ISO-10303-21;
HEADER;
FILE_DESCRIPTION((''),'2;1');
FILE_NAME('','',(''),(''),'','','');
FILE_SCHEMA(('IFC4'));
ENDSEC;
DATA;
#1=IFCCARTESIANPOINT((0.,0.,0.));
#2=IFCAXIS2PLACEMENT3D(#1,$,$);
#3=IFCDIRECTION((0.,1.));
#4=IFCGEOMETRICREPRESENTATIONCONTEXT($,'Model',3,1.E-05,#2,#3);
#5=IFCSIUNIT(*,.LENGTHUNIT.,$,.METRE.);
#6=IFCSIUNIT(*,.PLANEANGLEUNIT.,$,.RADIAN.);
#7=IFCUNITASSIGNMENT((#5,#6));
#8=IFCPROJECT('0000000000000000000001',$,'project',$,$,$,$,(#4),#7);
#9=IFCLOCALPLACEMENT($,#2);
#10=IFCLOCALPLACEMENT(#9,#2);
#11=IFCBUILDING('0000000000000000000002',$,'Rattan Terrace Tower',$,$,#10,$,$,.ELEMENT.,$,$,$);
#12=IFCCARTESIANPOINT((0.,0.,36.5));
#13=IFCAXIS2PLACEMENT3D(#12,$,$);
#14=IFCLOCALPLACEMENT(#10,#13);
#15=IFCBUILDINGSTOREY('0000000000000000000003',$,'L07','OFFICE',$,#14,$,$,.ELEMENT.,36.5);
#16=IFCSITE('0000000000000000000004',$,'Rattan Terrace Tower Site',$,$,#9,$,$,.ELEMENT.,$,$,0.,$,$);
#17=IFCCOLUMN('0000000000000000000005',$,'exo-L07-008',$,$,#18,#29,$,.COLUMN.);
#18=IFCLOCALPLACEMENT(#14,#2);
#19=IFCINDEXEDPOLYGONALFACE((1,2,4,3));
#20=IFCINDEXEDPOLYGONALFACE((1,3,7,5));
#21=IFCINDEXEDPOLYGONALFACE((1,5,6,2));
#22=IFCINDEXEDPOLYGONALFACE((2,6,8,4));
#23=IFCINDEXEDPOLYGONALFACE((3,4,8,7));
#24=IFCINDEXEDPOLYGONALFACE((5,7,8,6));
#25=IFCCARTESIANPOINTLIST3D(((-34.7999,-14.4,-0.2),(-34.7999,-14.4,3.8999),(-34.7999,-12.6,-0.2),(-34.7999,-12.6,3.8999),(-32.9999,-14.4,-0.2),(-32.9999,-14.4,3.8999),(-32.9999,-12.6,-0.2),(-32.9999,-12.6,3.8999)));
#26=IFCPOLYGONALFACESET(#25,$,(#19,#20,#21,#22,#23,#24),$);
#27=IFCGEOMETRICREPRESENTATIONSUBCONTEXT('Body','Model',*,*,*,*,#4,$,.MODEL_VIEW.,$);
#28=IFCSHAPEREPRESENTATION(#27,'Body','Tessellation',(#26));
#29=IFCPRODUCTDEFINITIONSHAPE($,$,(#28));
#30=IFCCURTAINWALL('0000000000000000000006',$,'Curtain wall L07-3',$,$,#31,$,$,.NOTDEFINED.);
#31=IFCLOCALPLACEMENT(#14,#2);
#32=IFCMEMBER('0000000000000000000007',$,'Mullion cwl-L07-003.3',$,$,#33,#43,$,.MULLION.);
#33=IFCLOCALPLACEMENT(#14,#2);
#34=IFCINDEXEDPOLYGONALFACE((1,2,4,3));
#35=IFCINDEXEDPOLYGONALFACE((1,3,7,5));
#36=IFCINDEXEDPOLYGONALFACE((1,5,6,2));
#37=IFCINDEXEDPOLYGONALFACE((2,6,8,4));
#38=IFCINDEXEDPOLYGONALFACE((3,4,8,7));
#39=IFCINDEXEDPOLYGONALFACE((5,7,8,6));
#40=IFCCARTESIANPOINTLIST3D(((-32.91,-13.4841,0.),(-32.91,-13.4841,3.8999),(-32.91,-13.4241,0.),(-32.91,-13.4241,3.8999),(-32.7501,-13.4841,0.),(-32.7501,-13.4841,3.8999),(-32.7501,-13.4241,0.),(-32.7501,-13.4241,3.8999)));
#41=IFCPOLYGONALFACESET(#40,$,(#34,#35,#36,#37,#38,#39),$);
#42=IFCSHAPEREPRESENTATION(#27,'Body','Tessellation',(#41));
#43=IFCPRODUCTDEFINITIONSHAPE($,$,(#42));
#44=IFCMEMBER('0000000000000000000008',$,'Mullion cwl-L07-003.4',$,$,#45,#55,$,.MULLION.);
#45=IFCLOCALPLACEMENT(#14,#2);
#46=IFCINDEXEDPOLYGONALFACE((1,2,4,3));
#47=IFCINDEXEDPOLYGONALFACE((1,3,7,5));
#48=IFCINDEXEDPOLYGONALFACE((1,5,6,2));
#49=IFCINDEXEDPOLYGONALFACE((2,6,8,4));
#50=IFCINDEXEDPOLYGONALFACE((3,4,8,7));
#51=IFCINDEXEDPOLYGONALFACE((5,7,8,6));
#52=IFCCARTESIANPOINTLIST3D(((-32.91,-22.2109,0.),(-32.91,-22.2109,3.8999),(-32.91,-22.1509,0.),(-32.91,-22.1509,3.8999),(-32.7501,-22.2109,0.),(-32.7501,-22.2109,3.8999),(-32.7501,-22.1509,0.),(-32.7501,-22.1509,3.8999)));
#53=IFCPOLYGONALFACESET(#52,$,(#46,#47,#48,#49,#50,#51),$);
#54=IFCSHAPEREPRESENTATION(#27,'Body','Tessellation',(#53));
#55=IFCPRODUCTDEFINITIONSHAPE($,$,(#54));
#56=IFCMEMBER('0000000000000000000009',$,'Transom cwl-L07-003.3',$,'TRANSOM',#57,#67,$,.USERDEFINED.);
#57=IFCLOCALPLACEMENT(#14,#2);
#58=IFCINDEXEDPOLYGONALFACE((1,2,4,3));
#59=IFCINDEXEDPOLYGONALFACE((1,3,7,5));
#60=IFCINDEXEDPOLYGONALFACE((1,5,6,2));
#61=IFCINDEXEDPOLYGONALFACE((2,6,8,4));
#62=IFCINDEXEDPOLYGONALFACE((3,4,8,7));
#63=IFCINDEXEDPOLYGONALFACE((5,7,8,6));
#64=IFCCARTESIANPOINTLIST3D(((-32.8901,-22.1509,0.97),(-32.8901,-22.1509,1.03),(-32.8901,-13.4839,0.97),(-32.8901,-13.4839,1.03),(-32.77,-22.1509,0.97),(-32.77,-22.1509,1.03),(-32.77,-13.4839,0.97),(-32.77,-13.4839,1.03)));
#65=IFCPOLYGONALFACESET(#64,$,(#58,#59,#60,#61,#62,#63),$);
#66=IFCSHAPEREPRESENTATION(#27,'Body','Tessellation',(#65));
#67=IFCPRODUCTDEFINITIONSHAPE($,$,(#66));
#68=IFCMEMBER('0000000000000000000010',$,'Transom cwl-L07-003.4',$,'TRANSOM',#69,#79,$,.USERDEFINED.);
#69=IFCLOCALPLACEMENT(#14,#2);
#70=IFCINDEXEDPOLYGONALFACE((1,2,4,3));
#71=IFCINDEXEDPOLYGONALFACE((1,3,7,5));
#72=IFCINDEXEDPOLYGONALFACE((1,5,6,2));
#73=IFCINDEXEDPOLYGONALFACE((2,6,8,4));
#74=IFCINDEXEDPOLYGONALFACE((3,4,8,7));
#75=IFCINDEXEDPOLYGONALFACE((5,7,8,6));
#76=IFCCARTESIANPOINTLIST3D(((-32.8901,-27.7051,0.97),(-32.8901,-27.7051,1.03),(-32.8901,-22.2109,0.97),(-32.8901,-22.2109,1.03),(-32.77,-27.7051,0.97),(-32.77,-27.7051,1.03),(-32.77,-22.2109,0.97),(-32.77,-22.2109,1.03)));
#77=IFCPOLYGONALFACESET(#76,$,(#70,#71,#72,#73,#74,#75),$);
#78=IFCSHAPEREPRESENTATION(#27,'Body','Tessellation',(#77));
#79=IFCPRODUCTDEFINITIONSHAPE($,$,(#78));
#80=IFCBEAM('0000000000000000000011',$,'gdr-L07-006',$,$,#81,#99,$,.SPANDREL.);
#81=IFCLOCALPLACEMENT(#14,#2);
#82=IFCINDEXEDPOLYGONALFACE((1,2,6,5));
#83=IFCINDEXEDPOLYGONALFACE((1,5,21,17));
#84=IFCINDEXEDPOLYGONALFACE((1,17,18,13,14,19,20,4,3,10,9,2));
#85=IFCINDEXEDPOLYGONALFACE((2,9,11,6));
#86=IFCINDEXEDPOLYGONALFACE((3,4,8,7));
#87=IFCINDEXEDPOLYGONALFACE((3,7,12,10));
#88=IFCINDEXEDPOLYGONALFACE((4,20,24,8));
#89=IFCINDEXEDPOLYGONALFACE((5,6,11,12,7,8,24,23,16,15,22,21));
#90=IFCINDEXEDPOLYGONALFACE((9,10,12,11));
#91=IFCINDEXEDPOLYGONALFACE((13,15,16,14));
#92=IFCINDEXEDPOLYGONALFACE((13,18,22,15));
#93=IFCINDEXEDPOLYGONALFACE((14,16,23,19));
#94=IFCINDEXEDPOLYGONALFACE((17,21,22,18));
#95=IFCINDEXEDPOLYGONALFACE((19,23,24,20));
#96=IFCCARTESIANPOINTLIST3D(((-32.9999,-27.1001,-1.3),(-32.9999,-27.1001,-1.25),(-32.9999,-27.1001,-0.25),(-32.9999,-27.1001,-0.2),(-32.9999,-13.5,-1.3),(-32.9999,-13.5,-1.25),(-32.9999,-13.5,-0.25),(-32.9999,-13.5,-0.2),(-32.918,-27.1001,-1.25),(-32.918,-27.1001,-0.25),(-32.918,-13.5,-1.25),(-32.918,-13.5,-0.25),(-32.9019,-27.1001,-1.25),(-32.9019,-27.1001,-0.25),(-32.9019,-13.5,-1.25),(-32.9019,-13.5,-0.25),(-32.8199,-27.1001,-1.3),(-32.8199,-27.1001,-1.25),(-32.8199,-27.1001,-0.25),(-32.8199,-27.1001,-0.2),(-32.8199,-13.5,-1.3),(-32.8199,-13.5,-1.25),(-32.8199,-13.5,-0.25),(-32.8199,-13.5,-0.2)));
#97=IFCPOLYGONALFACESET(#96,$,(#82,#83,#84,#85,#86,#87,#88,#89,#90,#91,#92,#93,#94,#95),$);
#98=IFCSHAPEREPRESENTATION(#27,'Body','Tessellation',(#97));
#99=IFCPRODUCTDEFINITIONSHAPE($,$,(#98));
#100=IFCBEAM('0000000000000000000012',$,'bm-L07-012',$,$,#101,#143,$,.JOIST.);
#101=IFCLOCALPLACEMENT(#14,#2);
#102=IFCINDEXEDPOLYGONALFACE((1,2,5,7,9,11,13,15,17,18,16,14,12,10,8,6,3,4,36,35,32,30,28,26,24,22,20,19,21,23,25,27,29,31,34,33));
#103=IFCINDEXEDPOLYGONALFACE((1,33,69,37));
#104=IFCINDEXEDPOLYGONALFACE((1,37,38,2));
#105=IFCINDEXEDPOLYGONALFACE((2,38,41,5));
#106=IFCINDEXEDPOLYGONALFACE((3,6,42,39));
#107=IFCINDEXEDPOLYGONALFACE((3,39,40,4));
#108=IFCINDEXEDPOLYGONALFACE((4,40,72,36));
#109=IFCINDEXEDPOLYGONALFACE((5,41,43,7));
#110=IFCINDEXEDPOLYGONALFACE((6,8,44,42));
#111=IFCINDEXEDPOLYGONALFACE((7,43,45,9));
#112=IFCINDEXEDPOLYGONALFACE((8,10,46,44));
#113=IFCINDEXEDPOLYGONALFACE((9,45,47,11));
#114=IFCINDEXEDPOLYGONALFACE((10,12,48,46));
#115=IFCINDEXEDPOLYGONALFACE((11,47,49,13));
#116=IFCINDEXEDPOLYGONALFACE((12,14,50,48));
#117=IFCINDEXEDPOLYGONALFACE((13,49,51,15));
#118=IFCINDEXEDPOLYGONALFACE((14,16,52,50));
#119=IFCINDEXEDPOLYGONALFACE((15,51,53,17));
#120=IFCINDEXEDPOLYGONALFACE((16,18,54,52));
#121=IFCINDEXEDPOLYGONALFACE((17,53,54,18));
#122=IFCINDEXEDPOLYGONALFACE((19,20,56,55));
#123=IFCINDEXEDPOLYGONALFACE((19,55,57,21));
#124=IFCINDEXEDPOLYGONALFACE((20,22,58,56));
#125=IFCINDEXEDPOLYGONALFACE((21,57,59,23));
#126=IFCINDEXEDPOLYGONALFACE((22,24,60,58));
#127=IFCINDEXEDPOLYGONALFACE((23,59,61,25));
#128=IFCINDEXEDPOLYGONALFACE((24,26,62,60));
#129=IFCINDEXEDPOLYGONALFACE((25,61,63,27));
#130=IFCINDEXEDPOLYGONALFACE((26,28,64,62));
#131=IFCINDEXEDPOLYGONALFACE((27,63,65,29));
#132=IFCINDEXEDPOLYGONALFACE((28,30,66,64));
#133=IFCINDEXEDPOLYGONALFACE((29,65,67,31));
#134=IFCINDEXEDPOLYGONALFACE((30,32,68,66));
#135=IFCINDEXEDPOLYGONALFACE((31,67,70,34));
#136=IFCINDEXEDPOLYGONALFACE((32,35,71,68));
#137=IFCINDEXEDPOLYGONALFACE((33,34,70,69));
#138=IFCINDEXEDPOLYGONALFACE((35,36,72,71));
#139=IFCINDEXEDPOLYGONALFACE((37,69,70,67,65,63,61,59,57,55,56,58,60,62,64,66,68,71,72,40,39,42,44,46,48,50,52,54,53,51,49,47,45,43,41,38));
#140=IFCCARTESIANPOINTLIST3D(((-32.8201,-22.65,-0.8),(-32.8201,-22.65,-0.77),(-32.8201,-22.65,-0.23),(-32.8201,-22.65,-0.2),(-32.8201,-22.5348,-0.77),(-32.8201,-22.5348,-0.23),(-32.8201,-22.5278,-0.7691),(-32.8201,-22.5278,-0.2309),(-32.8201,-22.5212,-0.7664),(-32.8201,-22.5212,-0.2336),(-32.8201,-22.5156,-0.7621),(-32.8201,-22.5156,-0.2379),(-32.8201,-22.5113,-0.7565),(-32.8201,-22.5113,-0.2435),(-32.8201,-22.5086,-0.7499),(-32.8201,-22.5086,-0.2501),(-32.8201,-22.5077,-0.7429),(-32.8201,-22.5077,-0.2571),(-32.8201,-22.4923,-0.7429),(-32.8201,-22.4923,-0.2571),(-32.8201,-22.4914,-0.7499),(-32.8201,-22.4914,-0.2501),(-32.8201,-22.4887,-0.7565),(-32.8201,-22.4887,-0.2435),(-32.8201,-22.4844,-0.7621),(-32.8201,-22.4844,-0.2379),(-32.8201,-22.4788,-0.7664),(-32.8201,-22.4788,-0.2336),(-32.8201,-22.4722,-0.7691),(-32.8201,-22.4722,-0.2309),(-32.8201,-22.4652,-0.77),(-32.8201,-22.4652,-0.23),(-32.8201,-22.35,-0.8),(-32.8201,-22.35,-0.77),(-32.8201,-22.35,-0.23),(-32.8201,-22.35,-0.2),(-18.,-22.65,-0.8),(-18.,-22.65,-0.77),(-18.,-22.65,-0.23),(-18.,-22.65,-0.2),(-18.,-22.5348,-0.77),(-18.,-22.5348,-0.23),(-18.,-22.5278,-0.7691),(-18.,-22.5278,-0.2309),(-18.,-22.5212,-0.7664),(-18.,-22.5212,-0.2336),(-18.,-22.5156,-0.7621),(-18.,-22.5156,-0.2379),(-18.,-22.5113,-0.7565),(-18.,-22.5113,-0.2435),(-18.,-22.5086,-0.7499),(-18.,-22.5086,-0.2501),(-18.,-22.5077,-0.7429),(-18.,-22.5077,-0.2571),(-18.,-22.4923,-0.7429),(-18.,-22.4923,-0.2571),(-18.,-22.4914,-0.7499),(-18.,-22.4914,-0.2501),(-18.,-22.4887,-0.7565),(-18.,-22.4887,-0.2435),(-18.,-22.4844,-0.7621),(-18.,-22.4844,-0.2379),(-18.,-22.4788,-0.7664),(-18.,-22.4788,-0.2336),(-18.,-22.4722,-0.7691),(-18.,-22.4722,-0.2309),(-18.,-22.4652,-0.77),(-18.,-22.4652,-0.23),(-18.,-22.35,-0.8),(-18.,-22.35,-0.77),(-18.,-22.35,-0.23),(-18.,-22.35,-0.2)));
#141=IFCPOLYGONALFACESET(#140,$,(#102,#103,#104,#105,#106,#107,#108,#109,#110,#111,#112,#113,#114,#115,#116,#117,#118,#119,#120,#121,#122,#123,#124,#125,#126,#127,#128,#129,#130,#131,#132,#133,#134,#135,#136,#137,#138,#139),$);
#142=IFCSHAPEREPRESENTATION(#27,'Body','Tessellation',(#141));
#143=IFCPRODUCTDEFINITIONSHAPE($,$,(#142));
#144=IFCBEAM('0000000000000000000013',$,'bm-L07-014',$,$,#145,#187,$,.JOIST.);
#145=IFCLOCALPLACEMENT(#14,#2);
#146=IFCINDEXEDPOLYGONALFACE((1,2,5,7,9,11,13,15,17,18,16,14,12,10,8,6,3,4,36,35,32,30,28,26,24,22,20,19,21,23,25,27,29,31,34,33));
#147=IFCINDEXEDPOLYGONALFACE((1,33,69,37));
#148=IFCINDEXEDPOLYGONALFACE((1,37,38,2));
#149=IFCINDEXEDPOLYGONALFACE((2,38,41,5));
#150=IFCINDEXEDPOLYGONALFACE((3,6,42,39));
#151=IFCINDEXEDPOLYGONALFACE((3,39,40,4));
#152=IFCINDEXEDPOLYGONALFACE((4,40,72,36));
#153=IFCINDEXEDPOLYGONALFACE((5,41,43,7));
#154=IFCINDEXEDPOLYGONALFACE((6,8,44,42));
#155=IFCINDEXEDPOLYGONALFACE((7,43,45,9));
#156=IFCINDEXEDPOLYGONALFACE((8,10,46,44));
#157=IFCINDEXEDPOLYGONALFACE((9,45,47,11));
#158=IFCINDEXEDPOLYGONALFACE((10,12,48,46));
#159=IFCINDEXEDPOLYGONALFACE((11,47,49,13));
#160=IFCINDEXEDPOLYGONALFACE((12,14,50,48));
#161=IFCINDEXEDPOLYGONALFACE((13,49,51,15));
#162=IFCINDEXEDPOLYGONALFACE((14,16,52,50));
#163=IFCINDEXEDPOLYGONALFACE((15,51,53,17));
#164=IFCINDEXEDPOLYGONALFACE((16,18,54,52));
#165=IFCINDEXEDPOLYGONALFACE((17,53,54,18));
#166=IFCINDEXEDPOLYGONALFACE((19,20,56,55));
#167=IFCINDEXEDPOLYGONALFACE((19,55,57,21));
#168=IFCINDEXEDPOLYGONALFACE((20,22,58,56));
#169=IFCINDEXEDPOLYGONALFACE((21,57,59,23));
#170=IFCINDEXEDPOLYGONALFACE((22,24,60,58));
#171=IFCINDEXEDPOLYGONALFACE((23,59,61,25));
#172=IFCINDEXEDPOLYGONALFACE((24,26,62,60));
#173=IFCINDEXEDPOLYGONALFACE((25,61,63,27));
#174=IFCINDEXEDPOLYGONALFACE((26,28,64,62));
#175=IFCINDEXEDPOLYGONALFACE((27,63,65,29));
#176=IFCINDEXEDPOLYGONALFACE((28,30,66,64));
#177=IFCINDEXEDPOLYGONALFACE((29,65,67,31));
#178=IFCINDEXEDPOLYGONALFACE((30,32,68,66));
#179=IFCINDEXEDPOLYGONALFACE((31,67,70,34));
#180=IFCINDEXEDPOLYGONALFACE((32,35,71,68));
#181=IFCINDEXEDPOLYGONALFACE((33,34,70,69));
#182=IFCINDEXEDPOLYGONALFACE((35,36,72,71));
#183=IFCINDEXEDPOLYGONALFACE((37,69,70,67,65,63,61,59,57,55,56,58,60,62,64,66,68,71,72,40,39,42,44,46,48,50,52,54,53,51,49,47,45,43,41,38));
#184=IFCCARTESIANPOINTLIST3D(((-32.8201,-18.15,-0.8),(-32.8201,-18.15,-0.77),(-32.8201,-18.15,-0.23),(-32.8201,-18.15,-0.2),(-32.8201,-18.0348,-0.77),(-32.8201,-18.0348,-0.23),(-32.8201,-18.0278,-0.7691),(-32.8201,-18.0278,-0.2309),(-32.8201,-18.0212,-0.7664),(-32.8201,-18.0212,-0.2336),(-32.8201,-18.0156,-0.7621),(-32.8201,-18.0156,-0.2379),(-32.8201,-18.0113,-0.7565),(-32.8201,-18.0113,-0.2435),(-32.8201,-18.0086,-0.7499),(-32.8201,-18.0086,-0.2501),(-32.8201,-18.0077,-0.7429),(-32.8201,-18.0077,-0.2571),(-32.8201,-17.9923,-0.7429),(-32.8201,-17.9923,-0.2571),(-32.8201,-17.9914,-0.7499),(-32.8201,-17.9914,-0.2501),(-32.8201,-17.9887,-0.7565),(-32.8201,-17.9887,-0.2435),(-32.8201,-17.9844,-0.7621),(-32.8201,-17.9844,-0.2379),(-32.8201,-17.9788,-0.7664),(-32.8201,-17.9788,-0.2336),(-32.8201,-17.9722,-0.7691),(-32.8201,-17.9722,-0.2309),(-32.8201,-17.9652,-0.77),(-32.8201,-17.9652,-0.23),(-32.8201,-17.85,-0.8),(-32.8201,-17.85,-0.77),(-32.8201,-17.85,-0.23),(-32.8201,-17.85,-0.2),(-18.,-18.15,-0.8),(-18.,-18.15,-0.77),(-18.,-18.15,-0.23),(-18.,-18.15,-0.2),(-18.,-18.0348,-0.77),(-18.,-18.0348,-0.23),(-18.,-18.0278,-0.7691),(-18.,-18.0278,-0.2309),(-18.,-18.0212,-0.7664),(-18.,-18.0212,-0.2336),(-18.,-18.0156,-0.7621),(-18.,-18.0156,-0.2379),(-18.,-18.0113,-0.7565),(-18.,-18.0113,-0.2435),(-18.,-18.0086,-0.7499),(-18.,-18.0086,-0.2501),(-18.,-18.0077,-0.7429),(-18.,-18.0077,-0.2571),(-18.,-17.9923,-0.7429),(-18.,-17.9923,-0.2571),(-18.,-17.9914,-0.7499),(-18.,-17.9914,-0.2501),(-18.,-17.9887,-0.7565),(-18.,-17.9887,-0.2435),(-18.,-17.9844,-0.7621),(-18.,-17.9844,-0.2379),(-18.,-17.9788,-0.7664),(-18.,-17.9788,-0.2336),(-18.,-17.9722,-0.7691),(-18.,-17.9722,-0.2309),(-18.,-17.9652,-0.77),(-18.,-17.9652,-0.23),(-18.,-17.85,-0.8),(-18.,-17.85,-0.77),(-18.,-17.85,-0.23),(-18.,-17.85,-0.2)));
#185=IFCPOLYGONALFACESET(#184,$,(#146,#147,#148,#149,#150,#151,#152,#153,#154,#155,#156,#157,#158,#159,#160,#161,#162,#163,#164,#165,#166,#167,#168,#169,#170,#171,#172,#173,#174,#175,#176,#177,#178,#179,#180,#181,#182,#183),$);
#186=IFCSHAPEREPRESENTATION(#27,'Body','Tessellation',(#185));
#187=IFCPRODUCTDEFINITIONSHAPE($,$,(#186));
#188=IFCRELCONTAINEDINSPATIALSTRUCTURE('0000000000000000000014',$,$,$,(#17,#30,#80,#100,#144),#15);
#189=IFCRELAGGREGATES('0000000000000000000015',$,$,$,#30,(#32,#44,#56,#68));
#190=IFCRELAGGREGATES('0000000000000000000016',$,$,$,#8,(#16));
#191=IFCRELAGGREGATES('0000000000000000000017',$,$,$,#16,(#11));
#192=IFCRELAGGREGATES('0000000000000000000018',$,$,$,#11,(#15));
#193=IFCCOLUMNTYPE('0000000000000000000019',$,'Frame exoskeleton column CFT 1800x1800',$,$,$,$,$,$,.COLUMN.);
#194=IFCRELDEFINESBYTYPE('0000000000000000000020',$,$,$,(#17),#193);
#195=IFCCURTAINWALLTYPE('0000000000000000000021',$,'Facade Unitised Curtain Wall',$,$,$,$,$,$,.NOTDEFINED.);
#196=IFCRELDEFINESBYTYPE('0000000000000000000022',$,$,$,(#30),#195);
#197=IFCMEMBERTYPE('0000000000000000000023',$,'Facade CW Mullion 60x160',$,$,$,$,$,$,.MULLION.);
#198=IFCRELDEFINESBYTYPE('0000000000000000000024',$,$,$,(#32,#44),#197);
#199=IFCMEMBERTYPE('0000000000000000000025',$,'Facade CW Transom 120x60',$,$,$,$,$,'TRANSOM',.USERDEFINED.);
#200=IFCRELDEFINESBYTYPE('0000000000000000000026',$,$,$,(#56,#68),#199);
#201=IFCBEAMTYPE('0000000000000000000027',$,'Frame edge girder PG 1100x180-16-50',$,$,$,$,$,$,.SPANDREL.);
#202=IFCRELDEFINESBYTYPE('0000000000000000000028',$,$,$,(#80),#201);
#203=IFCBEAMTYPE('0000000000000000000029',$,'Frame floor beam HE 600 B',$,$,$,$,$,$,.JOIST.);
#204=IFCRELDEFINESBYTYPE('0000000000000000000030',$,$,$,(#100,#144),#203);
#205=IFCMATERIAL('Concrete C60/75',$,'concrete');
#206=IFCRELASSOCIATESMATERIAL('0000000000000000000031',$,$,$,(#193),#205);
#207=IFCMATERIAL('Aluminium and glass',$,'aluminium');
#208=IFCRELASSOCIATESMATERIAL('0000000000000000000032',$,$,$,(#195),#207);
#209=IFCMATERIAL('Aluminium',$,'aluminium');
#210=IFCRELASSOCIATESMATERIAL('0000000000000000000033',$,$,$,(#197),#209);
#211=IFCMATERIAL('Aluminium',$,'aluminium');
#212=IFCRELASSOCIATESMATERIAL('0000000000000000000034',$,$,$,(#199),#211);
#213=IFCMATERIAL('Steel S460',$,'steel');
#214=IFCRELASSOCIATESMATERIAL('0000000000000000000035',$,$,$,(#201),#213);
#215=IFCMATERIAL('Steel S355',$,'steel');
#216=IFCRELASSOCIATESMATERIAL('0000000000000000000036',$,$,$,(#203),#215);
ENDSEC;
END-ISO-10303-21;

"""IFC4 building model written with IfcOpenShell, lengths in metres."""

from ifc_helpers import new_model, si_unit, direction, frame, origin, origin_2d, place, context, subcontext, project, spatial, rectangle, i_section, extrude, material, material_profile, profile_set, type_object, element, aggregate, save


model = new_model("IFC4")

# Units and contexts
model_context = context("Model", 3, precision=1e-05, world=origin(), true_north=direction((0.0, 1.0)))
body_context = subcontext(model_context, "Body", "Model", "MODEL_VIEW")
ifc_project = project(units=[si_unit("LENGTHUNIT", "METRE"), si_unit("PLANEANGLEUNIT", "RADIAN")], contexts=[model_context])

# Site, building, storey
site_placement = place(None, origin())
site = spatial("IfcSite", under=ifc_project, at=site_placement, Name="Rattan Terrace Tower Site", CompositionType="ELEMENT", RefElevation=0.0)
building_placement = place(site_placement, origin())
building = spatial("IfcBuilding", under=site, at=building_placement, Name="Rattan Terrace Tower", CompositionType="ELEMENT")
storey_placement = place(building_placement, frame((0.0, 0.0, 36.5)))
storey = spatial("IfcBuildingStorey", under=building, at=storey_placement, Name="L07", Description="OFFICE", CompositionType="ELEMENT", Elevation=36.5)

# Column
ifc_material_1 = material(Name="Concrete C60/75", Category="concrete")
ifc_material_profile_1 = material_profile(ifc_material_1, rectangle(XDim=1.8, YDim=1.8, at=origin_2d()), Name="CFT 1800x1800")
ifc_profile_set_1 = profile_set([ifc_material_profile_1], Name="Concrete C60/75")
column_type = type_object("IfcColumnType", Name="Frame exoskeleton column CFT 1800x1800", PredefinedType="COLUMN", material=ifc_profile_set_1)
column_placement = place(storey_placement, frame((-33.8999, -13.5, -0.2), z_axis=(0.0, 0.0, 1.0), x_axis=(0.0, 1.0, 0.0)))
element("IfcColumn", 1, at=column_placement, inside=storey, type_object=column_type, Name="exo-L07-008", PredefinedType="COLUMN", context=body_context, shape_type="SweptSolid", body=[
    extrude(rectangle(XDim=1.8, YDim=1.8, at=origin_2d()), origin(), (0.0, 0.0, 1.0), 4.0999),
])

# Curtain wall, members
ifc_material_2 = material(Name="Aluminium and glass", Category="aluminium")
curtain_wall_type = type_object("IfcCurtainWallType", Name="Facade Unitised Curtain Wall", PredefinedType="NOTDEFINED", material=ifc_material_2)
curtain_wall_placement = place(storey_placement, origin())
curtain_wall = element("IfcCurtainWall", 2, at=curtain_wall_placement, inside=storey, type_object=curtain_wall_type, Name="Curtain wall L07-3", PredefinedType="NOTDEFINED")
ifc_material_3 = material(Name="Aluminium", Category="aluminium")
ifc_material_profile_2 = material_profile(ifc_material_3, rectangle(XDim=0.0601, YDim=0.1599, at=origin_2d()), Name="Aluminium 60x160")
ifc_profile_set_2 = profile_set([ifc_material_profile_2], Name="Aluminium")
member_type_1 = type_object("IfcMemberType", Name="Facade CW Mullion 60x160", PredefinedType="MULLION", material=ifc_profile_set_2)
member_1_placement = place(storey_placement, frame((-32.8301, -13.4541, 0.0), z_axis=(0.0, 0.0, 1.0), x_axis=(0.0, -1.0, 0.0)))
member_1 = element("IfcMember", 3, at=member_1_placement, type_object=member_type_1, Name="Mullion cwl-L07-003.3", PredefinedType="MULLION", context=body_context, shape_type="SweptSolid", body=[
    extrude(rectangle(XDim=0.0601, YDim=0.1599, at=origin_2d()), origin(), (0.0, 0.0, 1.0), 3.8999),
])
member_2_placement = place(storey_placement, frame((-32.8301, -22.1809, 0.0), z_axis=(0.0, 0.0, 1.0), x_axis=(0.0, -1.0, 0.0)))
member_2 = element("IfcMember", 4, at=member_2_placement, type_object=member_type_1, Name="Mullion cwl-L07-003.4", PredefinedType="MULLION", context=body_context, shape_type="SweptSolid", body=[
    extrude(rectangle(XDim=0.0601, YDim=0.1599, at=origin_2d()), origin(), (0.0, 0.0, 1.0), 3.8999),
])
ifc_material_4 = material(Name="Aluminium", Category="aluminium")
ifc_material_profile_3 = material_profile(ifc_material_4, rectangle(XDim=0.1201, YDim=0.0601, at=origin_2d()), Name="Aluminium 120x60")
ifc_profile_set_3 = profile_set([ifc_material_profile_3], Name="Aluminium")
member_type_2 = type_object("IfcMemberType", Name="Facade CW Transom 120x60", ElementType="TRANSOM", PredefinedType="USERDEFINED", material=ifc_profile_set_3)
member_3_placement = place(storey_placement, frame((-32.8301, -13.4839, 1.0), z_axis=(0.0, -1.0, 0.0), x_axis=(1.0, 0.0, 0.0)))
member_3 = element("IfcMember", 5, at=member_3_placement, type_object=member_type_2, Name="Transom cwl-L07-003.3", ObjectType="TRANSOM", PredefinedType="USERDEFINED", context=body_context, shape_type="SweptSolid", body=[
    extrude(rectangle(XDim=0.1201, YDim=0.0601, at=origin_2d()), origin(), (0.0, 0.0, 1.0), 8.667),
])
member_4_placement = place(storey_placement, frame((-32.8301, -22.2109, 1.0), z_axis=(0.0, -1.0, 0.0), x_axis=(1.0, 0.0, 0.0)))
member_4 = element("IfcMember", 6, at=member_4_placement, type_object=member_type_2, Name="Transom cwl-L07-003.4", ObjectType="TRANSOM", PredefinedType="USERDEFINED", context=body_context, shape_type="SweptSolid", body=[
    extrude(rectangle(XDim=0.1201, YDim=0.0601, at=origin_2d()), origin(), (0.0, 0.0, 1.0), 5.4941),
])

# Beams
ifc_material_5 = material(Name="Steel S460", Category="steel")
ifc_material_profile_4 = material_profile(ifc_material_5, i_section(OverallWidth=0.1799, OverallDepth=1.1001, WebThickness=0.0161, FlangeThickness=0.05, at=origin_2d()), Name="PG 1100x180-16-50")
ifc_profile_set_4 = profile_set([ifc_material_profile_4], Name="Steel S460")
beam_type_1 = type_object("IfcBeamType", Name="Frame edge girder PG 1100x180-16-50", PredefinedType="SPANDREL", material=ifc_profile_set_4)
beam_placement = place(storey_placement, frame((-32.9099, -13.5, -0.75), z_axis=(0.0, -1.0, 0.0), x_axis=(1.0, 0.0, 0.0)))
element("IfcBeam", 7, at=beam_placement, inside=storey, type_object=beam_type_1, Name="gdr-L07-006", PredefinedType="SPANDREL", context=body_context, shape_type="SweptSolid", body=[
    extrude(i_section(OverallWidth=0.1799, OverallDepth=1.1001, WebThickness=0.0161, FlangeThickness=0.05, at=origin_2d()), origin(), (0.0, 0.0, 1.0), 13.6001),
])
ifc_material_6 = material(Name="Steel S355", Category="steel")
ifc_material_profile_5 = material_profile(ifc_material_6, i_section(OverallWidth=0.3, OverallDepth=0.6001, WebThickness=0.0154, FlangeThickness=0.03, FilletRadius=0.0271, at=origin_2d()), Name="HE 600 B")
ifc_profile_set_5 = profile_set([ifc_material_profile_5], Name="Steel S355")
beam_type_2 = type_object("IfcBeamType", Name="Frame floor beam HE 600 B", PredefinedType="JOIST", material=ifc_profile_set_5)
for number, where, z_axis, x_axis, name in (
    (8, (-32.8201, -22.5, -0.5), (1.0, 0.0, 0.0), (0.0, 1.0, 0.0), "bm-L07-012"),
    (9, (-32.8201, -18.0, -0.5), (1.0, 0.0, 0.0), (0.0, 1.0, 0.0), "bm-L07-014"),
):
    element("IfcBeam", number, at=place(storey_placement, frame(where, z_axis=z_axis, x_axis=x_axis)), inside=storey, type_object=beam_type_2, Name=name, PredefinedType="JOIST", context=body_context, shape_type="SweptSolid", body=[
        extrude(i_section(OverallWidth=0.3, OverallDepth=0.6001, WebThickness=0.0154, FlangeThickness=0.03, FilletRadius=0.0271, at=origin_2d()), origin(), (0.0, 0.0, 1.0), 14.8201),
    ])

aggregate(curtain_wall, [member_1, member_2, member_3, member_4])

save(model, "model.ifc")
